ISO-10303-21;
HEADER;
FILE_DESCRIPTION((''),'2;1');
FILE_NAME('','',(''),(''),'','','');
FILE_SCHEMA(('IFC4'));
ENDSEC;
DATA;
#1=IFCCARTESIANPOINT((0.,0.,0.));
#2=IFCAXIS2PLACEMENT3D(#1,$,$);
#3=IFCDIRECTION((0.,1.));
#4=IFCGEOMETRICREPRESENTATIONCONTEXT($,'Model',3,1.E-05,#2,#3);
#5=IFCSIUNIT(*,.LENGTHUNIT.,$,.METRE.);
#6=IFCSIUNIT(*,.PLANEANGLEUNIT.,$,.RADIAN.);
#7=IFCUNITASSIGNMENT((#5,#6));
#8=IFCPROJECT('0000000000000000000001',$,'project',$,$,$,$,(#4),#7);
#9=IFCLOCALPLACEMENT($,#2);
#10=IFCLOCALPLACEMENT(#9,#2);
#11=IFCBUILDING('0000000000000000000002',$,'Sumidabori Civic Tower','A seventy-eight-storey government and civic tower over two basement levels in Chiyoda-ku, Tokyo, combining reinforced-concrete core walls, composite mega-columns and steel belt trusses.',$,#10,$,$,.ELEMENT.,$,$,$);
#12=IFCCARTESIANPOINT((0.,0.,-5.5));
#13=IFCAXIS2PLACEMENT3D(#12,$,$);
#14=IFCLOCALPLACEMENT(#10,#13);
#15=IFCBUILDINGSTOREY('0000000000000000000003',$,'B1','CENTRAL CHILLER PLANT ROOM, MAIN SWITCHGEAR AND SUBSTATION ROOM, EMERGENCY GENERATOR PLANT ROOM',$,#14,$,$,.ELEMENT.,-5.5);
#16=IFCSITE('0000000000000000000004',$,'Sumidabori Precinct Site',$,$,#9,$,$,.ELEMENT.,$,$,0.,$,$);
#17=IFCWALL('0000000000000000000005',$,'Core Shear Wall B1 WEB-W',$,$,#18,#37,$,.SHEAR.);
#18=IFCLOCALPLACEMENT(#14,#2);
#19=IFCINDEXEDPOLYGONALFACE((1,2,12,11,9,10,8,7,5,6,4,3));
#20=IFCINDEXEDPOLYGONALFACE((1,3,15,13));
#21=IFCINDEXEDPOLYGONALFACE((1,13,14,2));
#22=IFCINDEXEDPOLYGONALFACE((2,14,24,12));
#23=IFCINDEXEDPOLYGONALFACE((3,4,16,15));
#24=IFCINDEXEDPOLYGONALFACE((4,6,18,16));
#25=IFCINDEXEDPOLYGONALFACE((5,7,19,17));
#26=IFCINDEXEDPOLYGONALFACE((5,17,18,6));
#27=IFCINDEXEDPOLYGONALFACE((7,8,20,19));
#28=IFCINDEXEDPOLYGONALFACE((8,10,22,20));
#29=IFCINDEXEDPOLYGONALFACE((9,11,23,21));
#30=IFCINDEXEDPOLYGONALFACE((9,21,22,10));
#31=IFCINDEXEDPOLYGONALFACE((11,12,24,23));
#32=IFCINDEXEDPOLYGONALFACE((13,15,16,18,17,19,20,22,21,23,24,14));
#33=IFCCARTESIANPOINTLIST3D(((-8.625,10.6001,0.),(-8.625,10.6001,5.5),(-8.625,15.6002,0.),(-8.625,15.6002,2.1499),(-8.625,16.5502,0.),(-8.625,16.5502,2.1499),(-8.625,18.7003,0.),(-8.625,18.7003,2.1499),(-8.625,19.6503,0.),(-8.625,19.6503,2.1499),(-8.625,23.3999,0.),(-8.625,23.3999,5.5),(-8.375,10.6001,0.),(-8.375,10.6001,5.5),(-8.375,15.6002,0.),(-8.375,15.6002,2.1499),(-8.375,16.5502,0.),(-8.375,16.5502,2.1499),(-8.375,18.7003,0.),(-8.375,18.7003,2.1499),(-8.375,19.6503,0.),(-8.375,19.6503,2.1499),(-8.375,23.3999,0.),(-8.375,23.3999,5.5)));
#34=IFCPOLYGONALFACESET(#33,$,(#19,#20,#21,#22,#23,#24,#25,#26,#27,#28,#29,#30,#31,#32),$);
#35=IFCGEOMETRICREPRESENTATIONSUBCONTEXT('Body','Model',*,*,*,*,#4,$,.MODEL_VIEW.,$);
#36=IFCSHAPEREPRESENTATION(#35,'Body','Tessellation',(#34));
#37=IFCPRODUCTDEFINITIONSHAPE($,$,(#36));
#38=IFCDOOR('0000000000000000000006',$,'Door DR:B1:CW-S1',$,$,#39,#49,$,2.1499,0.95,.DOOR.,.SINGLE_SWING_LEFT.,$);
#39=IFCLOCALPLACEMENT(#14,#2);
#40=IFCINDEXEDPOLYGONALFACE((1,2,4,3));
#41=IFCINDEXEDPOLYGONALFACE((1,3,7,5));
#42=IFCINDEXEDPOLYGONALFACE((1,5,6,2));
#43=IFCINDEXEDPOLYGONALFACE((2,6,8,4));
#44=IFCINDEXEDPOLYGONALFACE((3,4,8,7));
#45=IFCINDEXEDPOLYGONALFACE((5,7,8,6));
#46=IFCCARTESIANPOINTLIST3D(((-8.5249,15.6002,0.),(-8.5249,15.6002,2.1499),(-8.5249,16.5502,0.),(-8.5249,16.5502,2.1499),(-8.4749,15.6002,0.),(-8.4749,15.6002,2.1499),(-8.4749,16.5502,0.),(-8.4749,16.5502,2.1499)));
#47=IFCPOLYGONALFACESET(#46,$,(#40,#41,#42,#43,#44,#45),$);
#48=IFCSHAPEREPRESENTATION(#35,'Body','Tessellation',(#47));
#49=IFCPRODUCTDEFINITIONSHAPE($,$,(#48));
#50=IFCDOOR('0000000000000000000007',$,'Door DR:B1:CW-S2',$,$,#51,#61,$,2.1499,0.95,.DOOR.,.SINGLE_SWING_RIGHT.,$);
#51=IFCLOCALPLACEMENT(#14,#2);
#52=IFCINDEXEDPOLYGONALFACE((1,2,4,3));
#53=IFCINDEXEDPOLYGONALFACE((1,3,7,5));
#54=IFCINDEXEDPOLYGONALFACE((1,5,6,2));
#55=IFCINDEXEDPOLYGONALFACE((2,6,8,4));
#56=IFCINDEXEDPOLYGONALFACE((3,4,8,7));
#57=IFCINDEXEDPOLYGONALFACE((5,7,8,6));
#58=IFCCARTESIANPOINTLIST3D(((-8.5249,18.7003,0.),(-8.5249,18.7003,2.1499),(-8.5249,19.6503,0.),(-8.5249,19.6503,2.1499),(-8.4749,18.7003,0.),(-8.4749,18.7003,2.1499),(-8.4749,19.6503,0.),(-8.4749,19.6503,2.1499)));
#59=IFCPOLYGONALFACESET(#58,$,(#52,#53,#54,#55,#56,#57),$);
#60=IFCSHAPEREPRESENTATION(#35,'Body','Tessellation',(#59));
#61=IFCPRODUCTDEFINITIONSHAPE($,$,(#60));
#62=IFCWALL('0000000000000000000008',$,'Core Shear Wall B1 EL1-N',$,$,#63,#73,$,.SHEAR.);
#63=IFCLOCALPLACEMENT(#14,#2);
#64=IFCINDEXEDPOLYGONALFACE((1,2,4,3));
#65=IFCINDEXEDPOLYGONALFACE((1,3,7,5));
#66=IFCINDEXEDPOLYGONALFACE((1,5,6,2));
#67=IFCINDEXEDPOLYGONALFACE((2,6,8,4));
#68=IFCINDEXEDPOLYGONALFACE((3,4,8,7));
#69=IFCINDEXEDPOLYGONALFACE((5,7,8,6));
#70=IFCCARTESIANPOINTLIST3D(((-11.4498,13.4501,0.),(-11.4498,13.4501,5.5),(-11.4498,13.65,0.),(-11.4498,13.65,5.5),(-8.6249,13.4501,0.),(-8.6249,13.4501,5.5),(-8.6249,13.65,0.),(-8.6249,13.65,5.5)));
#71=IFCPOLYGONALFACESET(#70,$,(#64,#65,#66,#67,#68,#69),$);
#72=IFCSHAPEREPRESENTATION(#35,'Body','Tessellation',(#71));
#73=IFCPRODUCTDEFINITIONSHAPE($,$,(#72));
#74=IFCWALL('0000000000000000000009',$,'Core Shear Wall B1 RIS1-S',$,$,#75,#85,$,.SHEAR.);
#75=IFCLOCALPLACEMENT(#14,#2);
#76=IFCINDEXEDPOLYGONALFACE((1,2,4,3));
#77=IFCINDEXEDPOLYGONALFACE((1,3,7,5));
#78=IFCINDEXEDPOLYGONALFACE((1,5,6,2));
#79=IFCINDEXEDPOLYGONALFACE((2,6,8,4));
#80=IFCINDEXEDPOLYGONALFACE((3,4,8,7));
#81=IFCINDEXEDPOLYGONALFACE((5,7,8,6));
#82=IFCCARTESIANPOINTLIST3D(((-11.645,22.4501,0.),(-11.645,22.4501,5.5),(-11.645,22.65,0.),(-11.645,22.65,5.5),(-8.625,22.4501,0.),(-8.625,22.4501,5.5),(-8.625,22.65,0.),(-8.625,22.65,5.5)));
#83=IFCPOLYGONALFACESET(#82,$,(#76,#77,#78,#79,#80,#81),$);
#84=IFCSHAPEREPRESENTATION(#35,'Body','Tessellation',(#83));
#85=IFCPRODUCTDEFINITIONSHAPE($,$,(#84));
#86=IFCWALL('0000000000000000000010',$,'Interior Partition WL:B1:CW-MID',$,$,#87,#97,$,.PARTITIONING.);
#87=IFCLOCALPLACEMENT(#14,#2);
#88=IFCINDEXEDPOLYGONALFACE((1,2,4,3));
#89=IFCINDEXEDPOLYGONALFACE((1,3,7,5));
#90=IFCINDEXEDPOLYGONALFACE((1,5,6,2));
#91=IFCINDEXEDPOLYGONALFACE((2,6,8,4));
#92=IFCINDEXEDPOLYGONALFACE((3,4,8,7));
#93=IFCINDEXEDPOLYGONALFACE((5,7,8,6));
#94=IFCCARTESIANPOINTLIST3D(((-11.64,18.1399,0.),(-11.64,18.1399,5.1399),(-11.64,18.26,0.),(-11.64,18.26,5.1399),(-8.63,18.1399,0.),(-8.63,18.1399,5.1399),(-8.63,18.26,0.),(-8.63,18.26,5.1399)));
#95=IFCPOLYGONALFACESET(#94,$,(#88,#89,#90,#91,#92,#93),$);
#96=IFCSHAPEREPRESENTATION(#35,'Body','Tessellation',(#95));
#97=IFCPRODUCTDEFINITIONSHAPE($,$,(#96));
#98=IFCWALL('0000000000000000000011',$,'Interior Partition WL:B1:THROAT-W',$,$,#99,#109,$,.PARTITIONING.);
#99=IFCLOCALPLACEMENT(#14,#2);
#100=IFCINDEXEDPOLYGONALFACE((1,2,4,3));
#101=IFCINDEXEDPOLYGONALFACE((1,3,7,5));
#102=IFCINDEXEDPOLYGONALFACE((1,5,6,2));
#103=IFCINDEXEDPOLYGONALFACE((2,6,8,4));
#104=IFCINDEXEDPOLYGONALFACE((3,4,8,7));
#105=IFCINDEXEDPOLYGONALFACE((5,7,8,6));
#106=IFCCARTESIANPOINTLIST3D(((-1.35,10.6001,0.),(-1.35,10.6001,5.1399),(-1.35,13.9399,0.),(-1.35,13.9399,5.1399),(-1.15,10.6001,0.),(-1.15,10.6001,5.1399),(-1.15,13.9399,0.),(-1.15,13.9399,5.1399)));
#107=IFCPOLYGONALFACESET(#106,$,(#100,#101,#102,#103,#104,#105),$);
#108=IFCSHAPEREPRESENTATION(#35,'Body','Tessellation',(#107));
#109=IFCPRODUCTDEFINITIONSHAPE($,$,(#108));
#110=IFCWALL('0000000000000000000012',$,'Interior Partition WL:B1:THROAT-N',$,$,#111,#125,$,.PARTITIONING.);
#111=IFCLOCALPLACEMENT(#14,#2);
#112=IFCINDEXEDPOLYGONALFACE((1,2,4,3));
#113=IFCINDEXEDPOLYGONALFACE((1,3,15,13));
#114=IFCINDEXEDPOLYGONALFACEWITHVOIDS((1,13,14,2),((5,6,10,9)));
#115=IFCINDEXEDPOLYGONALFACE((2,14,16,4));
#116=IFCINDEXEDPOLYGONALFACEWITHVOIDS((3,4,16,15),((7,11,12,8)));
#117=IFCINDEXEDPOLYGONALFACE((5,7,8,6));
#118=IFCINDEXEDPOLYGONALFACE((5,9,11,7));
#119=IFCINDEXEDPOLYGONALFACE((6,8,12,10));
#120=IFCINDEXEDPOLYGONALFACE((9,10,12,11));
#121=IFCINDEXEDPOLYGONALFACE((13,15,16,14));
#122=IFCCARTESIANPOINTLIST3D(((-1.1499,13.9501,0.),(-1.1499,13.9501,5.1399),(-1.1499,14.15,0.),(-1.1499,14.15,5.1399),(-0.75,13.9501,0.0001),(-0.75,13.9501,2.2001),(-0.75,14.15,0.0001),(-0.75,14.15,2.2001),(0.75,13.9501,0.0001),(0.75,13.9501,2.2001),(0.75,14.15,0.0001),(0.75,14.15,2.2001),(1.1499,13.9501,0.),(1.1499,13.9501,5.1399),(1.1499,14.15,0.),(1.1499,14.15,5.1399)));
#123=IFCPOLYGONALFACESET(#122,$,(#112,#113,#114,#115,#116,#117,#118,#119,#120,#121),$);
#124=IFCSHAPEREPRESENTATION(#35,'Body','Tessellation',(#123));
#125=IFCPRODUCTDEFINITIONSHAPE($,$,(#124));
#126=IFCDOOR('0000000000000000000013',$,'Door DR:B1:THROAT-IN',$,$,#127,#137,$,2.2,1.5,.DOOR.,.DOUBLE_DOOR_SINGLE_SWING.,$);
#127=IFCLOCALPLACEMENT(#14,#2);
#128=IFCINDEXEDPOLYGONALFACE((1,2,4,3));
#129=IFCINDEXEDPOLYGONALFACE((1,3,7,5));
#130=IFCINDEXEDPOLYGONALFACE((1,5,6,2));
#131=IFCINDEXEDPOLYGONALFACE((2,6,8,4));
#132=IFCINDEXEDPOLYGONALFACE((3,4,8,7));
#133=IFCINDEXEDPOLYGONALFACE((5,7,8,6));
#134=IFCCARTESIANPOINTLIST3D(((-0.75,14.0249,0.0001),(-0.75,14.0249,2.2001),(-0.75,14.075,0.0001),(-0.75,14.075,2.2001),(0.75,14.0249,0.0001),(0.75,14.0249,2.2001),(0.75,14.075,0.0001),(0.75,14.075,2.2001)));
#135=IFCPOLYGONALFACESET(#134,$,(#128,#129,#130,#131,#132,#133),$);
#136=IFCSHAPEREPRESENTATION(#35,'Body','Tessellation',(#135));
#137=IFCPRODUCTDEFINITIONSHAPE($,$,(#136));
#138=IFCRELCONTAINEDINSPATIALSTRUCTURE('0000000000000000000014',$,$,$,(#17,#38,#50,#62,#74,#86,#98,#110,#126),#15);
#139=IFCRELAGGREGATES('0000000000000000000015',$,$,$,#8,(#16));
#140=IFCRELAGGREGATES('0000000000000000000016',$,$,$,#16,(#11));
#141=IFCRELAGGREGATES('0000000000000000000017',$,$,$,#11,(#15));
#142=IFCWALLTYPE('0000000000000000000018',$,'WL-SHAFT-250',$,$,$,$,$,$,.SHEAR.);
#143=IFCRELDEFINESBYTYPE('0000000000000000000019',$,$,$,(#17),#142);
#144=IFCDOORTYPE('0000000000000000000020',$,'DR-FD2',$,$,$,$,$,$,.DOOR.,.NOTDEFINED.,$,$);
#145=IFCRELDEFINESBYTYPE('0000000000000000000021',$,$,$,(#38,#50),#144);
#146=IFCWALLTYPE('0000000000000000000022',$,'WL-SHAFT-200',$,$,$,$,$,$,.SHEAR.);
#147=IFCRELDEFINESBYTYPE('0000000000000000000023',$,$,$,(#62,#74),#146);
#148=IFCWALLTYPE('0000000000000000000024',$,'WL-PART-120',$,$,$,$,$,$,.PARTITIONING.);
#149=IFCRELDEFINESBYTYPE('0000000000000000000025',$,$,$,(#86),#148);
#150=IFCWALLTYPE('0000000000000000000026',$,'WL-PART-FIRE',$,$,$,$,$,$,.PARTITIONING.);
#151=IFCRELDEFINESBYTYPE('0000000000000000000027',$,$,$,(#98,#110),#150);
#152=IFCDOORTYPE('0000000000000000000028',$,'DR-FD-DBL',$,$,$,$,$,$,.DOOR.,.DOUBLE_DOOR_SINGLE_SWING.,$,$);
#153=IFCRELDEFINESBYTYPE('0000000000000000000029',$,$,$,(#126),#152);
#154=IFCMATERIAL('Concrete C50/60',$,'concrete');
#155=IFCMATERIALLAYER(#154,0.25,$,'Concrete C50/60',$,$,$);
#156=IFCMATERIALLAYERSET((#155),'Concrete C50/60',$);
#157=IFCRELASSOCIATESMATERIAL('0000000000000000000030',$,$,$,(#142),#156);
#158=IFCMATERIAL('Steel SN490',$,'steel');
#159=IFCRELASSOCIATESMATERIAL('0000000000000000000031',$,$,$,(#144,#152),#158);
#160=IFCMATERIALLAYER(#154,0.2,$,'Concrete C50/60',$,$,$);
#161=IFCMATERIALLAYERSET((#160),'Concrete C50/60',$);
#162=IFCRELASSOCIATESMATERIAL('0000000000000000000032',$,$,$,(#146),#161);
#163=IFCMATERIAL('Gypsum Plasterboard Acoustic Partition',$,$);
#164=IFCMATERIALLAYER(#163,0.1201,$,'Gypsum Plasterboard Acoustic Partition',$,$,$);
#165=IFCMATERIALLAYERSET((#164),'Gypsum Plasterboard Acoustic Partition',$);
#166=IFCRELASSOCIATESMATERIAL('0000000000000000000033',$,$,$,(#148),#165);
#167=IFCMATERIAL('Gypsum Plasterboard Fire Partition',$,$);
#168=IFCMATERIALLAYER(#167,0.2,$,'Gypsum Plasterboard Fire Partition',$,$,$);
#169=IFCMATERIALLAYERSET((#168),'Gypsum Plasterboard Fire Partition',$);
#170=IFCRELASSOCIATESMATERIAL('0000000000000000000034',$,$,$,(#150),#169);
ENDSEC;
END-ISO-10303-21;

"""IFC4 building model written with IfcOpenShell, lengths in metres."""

from ifc_helpers import new_model, si_unit, direction, frame, frame_2d, origin, place, context, subcontext, project, spatial, rectangle, extrude, source, transform, mapped, material, layer, layer_set, type_object, element, fill, save


model = new_model("IFC4")

# Units and contexts
model_context = context("Model", 3, precision=1e-05, world=origin(), true_north=direction((0.0, 1.0)))
body_context = subcontext(model_context, "Body", "Model", "MODEL_VIEW")
ifc_project = project(units=[si_unit("LENGTHUNIT", "METRE"), si_unit("PLANEANGLEUNIT", "RADIAN")], contexts=[model_context])

# Site, building, storey
site_placement = place(None, origin())
site = spatial("IfcSite", under=ifc_project, at=site_placement, Name="Sumidabori Precinct Site", CompositionType="ELEMENT", RefElevation=0.0)
building_placement = place(site_placement, origin())
building = spatial("IfcBuilding", under=site, at=building_placement, Name="Sumidabori Civic Tower", Description="A seventy-eight-storey government and civic tower over two basement levels in Chiyoda-ku, Tokyo, combining reinforced-concrete core walls, composite mega-columns and steel belt trusses.", CompositionType="ELEMENT")
storey_placement = place(building_placement, frame((0.0, 0.0, -5.5)))
storey = spatial("IfcBuildingStorey", under=building, at=storey_placement, Name="B1", Description="CENTRAL CHILLER PLANT ROOM, MAIN SWITCHGEAR AND SUBSTATION ROOM, EMERGENCY GENERATOR PLANT ROOM", CompositionType="ELEMENT", Elevation=-5.5)

# Wall, openings, doors
ifc_material_1 = material(Name="Concrete C50/60", Category="concrete")
ifc_layer_1 = layer(ifc_material_1, 0.25, Name="Concrete C50/60")
ifc_layer_set_1 = layer_set([ifc_layer_1], Name="Concrete C50/60")
wall_type_1 = type_object("IfcWallType", Name="WL-SHAFT-250", PredefinedType="SHEAR", material=ifc_layer_set_1)
shared_shape_1 = source(origin(), body_context, "Body", "SweptSolid", [
    extrude(rectangle(XDim=12.7998, YDim=0.25, at=frame_2d((6.3999, 0.0))), origin(), (0.0, 0.0, 1.0), 5.5),
])
wall_1_placement = place(storey_placement, frame((-8.5, 10.6001, 0.0), z_axis=(0.0, 0.0, 1.0), x_axis=(0.0, 1.0, 0.0)))
wall_1 = element("IfcWall", 1, at=wall_1_placement, inside=storey, type_object=wall_type_1, Name="Core Shear Wall B1 WEB-W", PredefinedType="SHEAR", context=body_context, shape_type="MappedRepresentation", body=[
    mapped(shared_shape_1, transform((0.0, 0.0, 0.0), x_axis=(1.0, 0.0, 0.0), y_axis=(0.0, 1.0, 0.0), z_axis=(0.0, 0.0, 1.0), scale=1.0)),
])
opening_1_placement = place(wall_1_placement, frame((5.0, 0.0, 0.0)))
opening_1 = element("IfcOpeningElement", 2, at=opening_1_placement, cuts=wall_1, PredefinedType="OPENING", context=body_context, shape_type="SweptSolid", body=[
    extrude(rectangle(XDim=0.95, YDim=2.1499, at=frame_2d((0.4751, 1.075))), frame((0.0, 0.137, 0.0), z_axis=(0.0, -1.0, 0.0), x_axis=(1.0, 0.0, 0.0)), (0.0, 0.0, 1.0), 0.2739),
])
opening_2_placement = place(wall_1_placement, frame((8.1001, 0.0, 0.0)))
opening_2 = element("IfcOpeningElement", 3, at=opening_2_placement, cuts=wall_1, PredefinedType="OPENING", context=body_context, shape_type="SweptSolid", body=[
    extrude(rectangle(XDim=0.95, YDim=2.1499, at=frame_2d((0.4751, 1.075))), frame((0.0, 0.137, 0.0), z_axis=(0.0, -1.0, 0.0), x_axis=(1.0, 0.0, 0.0)), (0.0, 0.0, 1.0), 0.2739),
])
ifc_material_2 = material(Name="Steel SN490", Category="steel")
door_type_1 = type_object("IfcDoorType", Name="DR-FD2", OperationType="NOTDEFINED", PredefinedType="DOOR", material=ifc_material_2)
shared_shape_2 = source(origin(), body_context, "Body", "SweptSolid", [
    extrude(rectangle(XDim=0.95, YDim=2.1499, at=frame_2d((0.4751, 1.075))), frame((0.0, 0.0249, 0.0), z_axis=(0.0, -1.0, 0.0), x_axis=(1.0, 0.0, 0.0)), (0.0, 0.0, 1.0), 0.05),
])
door_1_placement = place(opening_1_placement, origin())
door_1 = element("IfcDoor", 4, at=door_1_placement, inside=storey, type_object=door_type_1, Name="Door DR:B1:CW-S1", OperationType="SINGLE_SWING_LEFT", OverallHeight=2.1499, OverallWidth=0.95, PredefinedType="DOOR", context=body_context, shape_type="MappedRepresentation", body=[
    mapped(shared_shape_2, transform((0.0, 0.0, 0.0), x_axis=(1.0, 0.0, 0.0), y_axis=(0.0, 1.0, 0.0), z_axis=(0.0, 0.0, 1.0), scale=1.0)),
])
fill(opening_1, door_1)
door_2_placement = place(opening_2_placement, origin())
door_2 = element("IfcDoor", 5, at=door_2_placement, inside=storey, type_object=door_type_1, Name="Door DR:B1:CW-S2", OperationType="SINGLE_SWING_RIGHT", OverallHeight=2.1499, OverallWidth=0.95, PredefinedType="DOOR", context=body_context, shape_type="MappedRepresentation", body=[
    mapped(shared_shape_2, transform((0.0, 0.0, 0.0), x_axis=(1.0, 0.0, 0.0), y_axis=(0.0, 1.0, 0.0), z_axis=(0.0, 0.0, 1.0), scale=1.0)),
])
fill(opening_2, door_2)

# Shared definitions
ifc_layer_2 = layer(ifc_material_1, 0.2, Name="Concrete C50/60")
ifc_layer_set_2 = layer_set([ifc_layer_2], Name="Concrete C50/60")
wall_type_2 = type_object("IfcWallType", Name="WL-SHAFT-200", PredefinedType="SHEAR", material=ifc_layer_set_2)

# Walls
shared_shape_3 = source(origin(), body_context, "Body", "SweptSolid", [
    extrude(rectangle(XDim=2.825, YDim=0.2, at=frame_2d((1.4126, 0.0))), origin(), (0.0, 0.0, 1.0), 5.5),
])
wall_2_placement = place(storey_placement, frame((-11.45, 13.55, 0.0), z_axis=(0.0, 0.0, 1.0), x_axis=(1.0, 0.0, 0.0)))
element("IfcWall", 6, at=wall_2_placement, inside=storey, type_object=wall_type_2, Name="Core Shear Wall B1 EL1-N", PredefinedType="SHEAR", context=body_context, shape_type="MappedRepresentation", body=[
    mapped(shared_shape_3, transform((0.0, 0.0, 0.0), x_axis=(1.0, 0.0, 0.0), y_axis=(0.0, 1.0, 0.0), z_axis=(0.0, 0.0, 1.0), scale=1.0)),
])
shared_shape_4 = source(origin(), body_context, "Body", "SweptSolid", [
    extrude(rectangle(XDim=3.02, YDim=0.2, at=frame_2d((1.51, 0.0))), origin(), (0.0, 0.0, 1.0), 5.5),
])
wall_3_placement = place(storey_placement, frame((-11.645, 22.55, 0.0), z_axis=(0.0, 0.0, 1.0), x_axis=(1.0, 0.0, 0.0)))
element("IfcWall", 7, at=wall_3_placement, inside=storey, type_object=wall_type_2, Name="Core Shear Wall B1 RIS1-S", PredefinedType="SHEAR", context=body_context, shape_type="MappedRepresentation", body=[
    mapped(shared_shape_4, transform((0.0, 0.0, 0.0), x_axis=(1.0, 0.0, 0.0), y_axis=(0.0, 1.0, 0.0), z_axis=(0.0, 0.0, 1.0), scale=1.0)),
])
ifc_material_3 = material(Name="Gypsum Plasterboard Acoustic Partition")
ifc_layer_3 = layer(ifc_material_3, 0.1201, Name="Gypsum Plasterboard Acoustic Partition")
ifc_layer_set_3 = layer_set([ifc_layer_3], Name="Gypsum Plasterboard Acoustic Partition")
wall_type_3 = type_object("IfcWallType", Name="WL-PART-120", PredefinedType="PARTITIONING", material=ifc_layer_set_3)
shared_shape_5 = source(origin(), body_context, "Body", "SweptSolid", [
    extrude(rectangle(XDim=3.01, YDim=0.1201, at=frame_2d((1.5049, 0.0))), origin(), (0.0, 0.0, 1.0), 5.1399),
])
wall_4_placement = place(storey_placement, frame((-11.6399, 18.2, 0.0), z_axis=(0.0, 0.0, 1.0), x_axis=(1.0, 0.0, 0.0)))
element("IfcWall", 8, at=wall_4_placement, inside=storey, type_object=wall_type_3, Name="Interior Partition WL:B1:CW-MID", PredefinedType="PARTITIONING", context=body_context, shape_type="MappedRepresentation", body=[
    mapped(shared_shape_5, transform((0.0, 0.0, 0.0), x_axis=(1.0, 0.0, 0.0), y_axis=(0.0, 1.0, 0.0), z_axis=(0.0, 0.0, 1.0), scale=1.0)),
])

# Shared definitions
ifc_material_4 = material(Name="Gypsum Plasterboard Fire Partition")
ifc_layer_4 = layer(ifc_material_4, 0.2, Name="Gypsum Plasterboard Fire Partition")
ifc_layer_set_4 = layer_set([ifc_layer_4], Name="Gypsum Plasterboard Fire Partition")
wall_type_4 = type_object("IfcWallType", Name="WL-PART-FIRE", PredefinedType="PARTITIONING", material=ifc_layer_set_4)

# Wall
shared_shape_6 = source(origin(), body_context, "Body", "SweptSolid", [
    extrude(rectangle(XDim=3.3398, YDim=0.2, at=frame_2d((1.6699, 0.0))), origin(), (0.0, 0.0, 1.0), 5.1399),
])
wall_5_placement = place(storey_placement, frame((-1.25, 10.6001, 0.0), z_axis=(0.0, 0.0, 1.0), x_axis=(0.0, 1.0, 0.0)))
element("IfcWall", 9, at=wall_5_placement, inside=storey, type_object=wall_type_4, Name="Interior Partition WL:B1:THROAT-W", PredefinedType="PARTITIONING", context=body_context, shape_type="MappedRepresentation", body=[
    mapped(shared_shape_6, transform((0.0, 0.0, 0.0), x_axis=(1.0, 0.0, 0.0), y_axis=(0.0, 1.0, 0.0), z_axis=(0.0, 0.0, 1.0), scale=1.0)),
])

# Wall, opening, door
shared_shape_7 = source(origin(), body_context, "Body", "SweptSolid", [
    extrude(rectangle(XDim=2.2998, YDim=0.2, at=frame_2d((1.1499, 0.0))), origin(), (0.0, 0.0, 1.0), 5.1399),
])
wall_6_placement = place(storey_placement, frame((-1.1499, 14.05, 0.0), z_axis=(0.0, 0.0, 1.0), x_axis=(1.0, 0.0, 0.0)))
wall_6 = element("IfcWall", 10, at=wall_6_placement, inside=storey, type_object=wall_type_4, Name="Interior Partition WL:B1:THROAT-N", PredefinedType="PARTITIONING", context=body_context, shape_type="MappedRepresentation", body=[
    mapped(shared_shape_7, transform((0.0, 0.0, 0.0), x_axis=(1.0, 0.0, 0.0), y_axis=(0.0, 1.0, 0.0), z_axis=(0.0, 0.0, 1.0), scale=1.0)),
])
opening_3_placement = place(wall_6_placement, frame((0.3999, 0.0, 0.0)))
opening_3 = element("IfcOpeningElement", 11, at=opening_3_placement, cuts=wall_6, PredefinedType="OPENING", context=body_context, shape_type="SweptSolid", body=[
    extrude(rectangle(XDim=1.5, YDim=2.2, at=frame_2d((0.75, 1.1001))), frame((0.0, 0.1118, 0.0), z_axis=(0.0, -1.0, 0.0), x_axis=(1.0, 0.0, 0.0)), (0.0, 0.0, 1.0), 0.2239),
])
door_type_2 = type_object("IfcDoorType", Name="DR-FD-DBL", OperationType="DOUBLE_DOOR_SINGLE_SWING", PredefinedType="DOOR", material=ifc_material_2)
shared_shape_8 = source(origin(), body_context, "Body", "SweptSolid", [
    extrude(rectangle(XDim=1.5, YDim=2.2, at=frame_2d((0.75, 1.1001))), frame((0.0, 0.0249, 0.0), z_axis=(0.0, -1.0, 0.0), x_axis=(1.0, 0.0, 0.0)), (0.0, 0.0, 1.0), 0.05),
])
door_3_placement = place(opening_3_placement, origin())
door_3 = element("IfcDoor", 12, at=door_3_placement, inside=storey, type_object=door_type_2, Name="Door DR:B1:THROAT-IN", OperationType="DOUBLE_DOOR_SINGLE_SWING", OverallHeight=2.2, OverallWidth=1.5, PredefinedType="DOOR", context=body_context, shape_type="MappedRepresentation", body=[
    mapped(shared_shape_8, transform((0.0, 0.0, 0.0), x_axis=(1.0, 0.0, 0.0), y_axis=(0.0, 1.0, 0.0), z_axis=(0.0, 0.0, 1.0), scale=1.0)),
])
fill(opening_3, door_3)

save(model, "model.ifc")
